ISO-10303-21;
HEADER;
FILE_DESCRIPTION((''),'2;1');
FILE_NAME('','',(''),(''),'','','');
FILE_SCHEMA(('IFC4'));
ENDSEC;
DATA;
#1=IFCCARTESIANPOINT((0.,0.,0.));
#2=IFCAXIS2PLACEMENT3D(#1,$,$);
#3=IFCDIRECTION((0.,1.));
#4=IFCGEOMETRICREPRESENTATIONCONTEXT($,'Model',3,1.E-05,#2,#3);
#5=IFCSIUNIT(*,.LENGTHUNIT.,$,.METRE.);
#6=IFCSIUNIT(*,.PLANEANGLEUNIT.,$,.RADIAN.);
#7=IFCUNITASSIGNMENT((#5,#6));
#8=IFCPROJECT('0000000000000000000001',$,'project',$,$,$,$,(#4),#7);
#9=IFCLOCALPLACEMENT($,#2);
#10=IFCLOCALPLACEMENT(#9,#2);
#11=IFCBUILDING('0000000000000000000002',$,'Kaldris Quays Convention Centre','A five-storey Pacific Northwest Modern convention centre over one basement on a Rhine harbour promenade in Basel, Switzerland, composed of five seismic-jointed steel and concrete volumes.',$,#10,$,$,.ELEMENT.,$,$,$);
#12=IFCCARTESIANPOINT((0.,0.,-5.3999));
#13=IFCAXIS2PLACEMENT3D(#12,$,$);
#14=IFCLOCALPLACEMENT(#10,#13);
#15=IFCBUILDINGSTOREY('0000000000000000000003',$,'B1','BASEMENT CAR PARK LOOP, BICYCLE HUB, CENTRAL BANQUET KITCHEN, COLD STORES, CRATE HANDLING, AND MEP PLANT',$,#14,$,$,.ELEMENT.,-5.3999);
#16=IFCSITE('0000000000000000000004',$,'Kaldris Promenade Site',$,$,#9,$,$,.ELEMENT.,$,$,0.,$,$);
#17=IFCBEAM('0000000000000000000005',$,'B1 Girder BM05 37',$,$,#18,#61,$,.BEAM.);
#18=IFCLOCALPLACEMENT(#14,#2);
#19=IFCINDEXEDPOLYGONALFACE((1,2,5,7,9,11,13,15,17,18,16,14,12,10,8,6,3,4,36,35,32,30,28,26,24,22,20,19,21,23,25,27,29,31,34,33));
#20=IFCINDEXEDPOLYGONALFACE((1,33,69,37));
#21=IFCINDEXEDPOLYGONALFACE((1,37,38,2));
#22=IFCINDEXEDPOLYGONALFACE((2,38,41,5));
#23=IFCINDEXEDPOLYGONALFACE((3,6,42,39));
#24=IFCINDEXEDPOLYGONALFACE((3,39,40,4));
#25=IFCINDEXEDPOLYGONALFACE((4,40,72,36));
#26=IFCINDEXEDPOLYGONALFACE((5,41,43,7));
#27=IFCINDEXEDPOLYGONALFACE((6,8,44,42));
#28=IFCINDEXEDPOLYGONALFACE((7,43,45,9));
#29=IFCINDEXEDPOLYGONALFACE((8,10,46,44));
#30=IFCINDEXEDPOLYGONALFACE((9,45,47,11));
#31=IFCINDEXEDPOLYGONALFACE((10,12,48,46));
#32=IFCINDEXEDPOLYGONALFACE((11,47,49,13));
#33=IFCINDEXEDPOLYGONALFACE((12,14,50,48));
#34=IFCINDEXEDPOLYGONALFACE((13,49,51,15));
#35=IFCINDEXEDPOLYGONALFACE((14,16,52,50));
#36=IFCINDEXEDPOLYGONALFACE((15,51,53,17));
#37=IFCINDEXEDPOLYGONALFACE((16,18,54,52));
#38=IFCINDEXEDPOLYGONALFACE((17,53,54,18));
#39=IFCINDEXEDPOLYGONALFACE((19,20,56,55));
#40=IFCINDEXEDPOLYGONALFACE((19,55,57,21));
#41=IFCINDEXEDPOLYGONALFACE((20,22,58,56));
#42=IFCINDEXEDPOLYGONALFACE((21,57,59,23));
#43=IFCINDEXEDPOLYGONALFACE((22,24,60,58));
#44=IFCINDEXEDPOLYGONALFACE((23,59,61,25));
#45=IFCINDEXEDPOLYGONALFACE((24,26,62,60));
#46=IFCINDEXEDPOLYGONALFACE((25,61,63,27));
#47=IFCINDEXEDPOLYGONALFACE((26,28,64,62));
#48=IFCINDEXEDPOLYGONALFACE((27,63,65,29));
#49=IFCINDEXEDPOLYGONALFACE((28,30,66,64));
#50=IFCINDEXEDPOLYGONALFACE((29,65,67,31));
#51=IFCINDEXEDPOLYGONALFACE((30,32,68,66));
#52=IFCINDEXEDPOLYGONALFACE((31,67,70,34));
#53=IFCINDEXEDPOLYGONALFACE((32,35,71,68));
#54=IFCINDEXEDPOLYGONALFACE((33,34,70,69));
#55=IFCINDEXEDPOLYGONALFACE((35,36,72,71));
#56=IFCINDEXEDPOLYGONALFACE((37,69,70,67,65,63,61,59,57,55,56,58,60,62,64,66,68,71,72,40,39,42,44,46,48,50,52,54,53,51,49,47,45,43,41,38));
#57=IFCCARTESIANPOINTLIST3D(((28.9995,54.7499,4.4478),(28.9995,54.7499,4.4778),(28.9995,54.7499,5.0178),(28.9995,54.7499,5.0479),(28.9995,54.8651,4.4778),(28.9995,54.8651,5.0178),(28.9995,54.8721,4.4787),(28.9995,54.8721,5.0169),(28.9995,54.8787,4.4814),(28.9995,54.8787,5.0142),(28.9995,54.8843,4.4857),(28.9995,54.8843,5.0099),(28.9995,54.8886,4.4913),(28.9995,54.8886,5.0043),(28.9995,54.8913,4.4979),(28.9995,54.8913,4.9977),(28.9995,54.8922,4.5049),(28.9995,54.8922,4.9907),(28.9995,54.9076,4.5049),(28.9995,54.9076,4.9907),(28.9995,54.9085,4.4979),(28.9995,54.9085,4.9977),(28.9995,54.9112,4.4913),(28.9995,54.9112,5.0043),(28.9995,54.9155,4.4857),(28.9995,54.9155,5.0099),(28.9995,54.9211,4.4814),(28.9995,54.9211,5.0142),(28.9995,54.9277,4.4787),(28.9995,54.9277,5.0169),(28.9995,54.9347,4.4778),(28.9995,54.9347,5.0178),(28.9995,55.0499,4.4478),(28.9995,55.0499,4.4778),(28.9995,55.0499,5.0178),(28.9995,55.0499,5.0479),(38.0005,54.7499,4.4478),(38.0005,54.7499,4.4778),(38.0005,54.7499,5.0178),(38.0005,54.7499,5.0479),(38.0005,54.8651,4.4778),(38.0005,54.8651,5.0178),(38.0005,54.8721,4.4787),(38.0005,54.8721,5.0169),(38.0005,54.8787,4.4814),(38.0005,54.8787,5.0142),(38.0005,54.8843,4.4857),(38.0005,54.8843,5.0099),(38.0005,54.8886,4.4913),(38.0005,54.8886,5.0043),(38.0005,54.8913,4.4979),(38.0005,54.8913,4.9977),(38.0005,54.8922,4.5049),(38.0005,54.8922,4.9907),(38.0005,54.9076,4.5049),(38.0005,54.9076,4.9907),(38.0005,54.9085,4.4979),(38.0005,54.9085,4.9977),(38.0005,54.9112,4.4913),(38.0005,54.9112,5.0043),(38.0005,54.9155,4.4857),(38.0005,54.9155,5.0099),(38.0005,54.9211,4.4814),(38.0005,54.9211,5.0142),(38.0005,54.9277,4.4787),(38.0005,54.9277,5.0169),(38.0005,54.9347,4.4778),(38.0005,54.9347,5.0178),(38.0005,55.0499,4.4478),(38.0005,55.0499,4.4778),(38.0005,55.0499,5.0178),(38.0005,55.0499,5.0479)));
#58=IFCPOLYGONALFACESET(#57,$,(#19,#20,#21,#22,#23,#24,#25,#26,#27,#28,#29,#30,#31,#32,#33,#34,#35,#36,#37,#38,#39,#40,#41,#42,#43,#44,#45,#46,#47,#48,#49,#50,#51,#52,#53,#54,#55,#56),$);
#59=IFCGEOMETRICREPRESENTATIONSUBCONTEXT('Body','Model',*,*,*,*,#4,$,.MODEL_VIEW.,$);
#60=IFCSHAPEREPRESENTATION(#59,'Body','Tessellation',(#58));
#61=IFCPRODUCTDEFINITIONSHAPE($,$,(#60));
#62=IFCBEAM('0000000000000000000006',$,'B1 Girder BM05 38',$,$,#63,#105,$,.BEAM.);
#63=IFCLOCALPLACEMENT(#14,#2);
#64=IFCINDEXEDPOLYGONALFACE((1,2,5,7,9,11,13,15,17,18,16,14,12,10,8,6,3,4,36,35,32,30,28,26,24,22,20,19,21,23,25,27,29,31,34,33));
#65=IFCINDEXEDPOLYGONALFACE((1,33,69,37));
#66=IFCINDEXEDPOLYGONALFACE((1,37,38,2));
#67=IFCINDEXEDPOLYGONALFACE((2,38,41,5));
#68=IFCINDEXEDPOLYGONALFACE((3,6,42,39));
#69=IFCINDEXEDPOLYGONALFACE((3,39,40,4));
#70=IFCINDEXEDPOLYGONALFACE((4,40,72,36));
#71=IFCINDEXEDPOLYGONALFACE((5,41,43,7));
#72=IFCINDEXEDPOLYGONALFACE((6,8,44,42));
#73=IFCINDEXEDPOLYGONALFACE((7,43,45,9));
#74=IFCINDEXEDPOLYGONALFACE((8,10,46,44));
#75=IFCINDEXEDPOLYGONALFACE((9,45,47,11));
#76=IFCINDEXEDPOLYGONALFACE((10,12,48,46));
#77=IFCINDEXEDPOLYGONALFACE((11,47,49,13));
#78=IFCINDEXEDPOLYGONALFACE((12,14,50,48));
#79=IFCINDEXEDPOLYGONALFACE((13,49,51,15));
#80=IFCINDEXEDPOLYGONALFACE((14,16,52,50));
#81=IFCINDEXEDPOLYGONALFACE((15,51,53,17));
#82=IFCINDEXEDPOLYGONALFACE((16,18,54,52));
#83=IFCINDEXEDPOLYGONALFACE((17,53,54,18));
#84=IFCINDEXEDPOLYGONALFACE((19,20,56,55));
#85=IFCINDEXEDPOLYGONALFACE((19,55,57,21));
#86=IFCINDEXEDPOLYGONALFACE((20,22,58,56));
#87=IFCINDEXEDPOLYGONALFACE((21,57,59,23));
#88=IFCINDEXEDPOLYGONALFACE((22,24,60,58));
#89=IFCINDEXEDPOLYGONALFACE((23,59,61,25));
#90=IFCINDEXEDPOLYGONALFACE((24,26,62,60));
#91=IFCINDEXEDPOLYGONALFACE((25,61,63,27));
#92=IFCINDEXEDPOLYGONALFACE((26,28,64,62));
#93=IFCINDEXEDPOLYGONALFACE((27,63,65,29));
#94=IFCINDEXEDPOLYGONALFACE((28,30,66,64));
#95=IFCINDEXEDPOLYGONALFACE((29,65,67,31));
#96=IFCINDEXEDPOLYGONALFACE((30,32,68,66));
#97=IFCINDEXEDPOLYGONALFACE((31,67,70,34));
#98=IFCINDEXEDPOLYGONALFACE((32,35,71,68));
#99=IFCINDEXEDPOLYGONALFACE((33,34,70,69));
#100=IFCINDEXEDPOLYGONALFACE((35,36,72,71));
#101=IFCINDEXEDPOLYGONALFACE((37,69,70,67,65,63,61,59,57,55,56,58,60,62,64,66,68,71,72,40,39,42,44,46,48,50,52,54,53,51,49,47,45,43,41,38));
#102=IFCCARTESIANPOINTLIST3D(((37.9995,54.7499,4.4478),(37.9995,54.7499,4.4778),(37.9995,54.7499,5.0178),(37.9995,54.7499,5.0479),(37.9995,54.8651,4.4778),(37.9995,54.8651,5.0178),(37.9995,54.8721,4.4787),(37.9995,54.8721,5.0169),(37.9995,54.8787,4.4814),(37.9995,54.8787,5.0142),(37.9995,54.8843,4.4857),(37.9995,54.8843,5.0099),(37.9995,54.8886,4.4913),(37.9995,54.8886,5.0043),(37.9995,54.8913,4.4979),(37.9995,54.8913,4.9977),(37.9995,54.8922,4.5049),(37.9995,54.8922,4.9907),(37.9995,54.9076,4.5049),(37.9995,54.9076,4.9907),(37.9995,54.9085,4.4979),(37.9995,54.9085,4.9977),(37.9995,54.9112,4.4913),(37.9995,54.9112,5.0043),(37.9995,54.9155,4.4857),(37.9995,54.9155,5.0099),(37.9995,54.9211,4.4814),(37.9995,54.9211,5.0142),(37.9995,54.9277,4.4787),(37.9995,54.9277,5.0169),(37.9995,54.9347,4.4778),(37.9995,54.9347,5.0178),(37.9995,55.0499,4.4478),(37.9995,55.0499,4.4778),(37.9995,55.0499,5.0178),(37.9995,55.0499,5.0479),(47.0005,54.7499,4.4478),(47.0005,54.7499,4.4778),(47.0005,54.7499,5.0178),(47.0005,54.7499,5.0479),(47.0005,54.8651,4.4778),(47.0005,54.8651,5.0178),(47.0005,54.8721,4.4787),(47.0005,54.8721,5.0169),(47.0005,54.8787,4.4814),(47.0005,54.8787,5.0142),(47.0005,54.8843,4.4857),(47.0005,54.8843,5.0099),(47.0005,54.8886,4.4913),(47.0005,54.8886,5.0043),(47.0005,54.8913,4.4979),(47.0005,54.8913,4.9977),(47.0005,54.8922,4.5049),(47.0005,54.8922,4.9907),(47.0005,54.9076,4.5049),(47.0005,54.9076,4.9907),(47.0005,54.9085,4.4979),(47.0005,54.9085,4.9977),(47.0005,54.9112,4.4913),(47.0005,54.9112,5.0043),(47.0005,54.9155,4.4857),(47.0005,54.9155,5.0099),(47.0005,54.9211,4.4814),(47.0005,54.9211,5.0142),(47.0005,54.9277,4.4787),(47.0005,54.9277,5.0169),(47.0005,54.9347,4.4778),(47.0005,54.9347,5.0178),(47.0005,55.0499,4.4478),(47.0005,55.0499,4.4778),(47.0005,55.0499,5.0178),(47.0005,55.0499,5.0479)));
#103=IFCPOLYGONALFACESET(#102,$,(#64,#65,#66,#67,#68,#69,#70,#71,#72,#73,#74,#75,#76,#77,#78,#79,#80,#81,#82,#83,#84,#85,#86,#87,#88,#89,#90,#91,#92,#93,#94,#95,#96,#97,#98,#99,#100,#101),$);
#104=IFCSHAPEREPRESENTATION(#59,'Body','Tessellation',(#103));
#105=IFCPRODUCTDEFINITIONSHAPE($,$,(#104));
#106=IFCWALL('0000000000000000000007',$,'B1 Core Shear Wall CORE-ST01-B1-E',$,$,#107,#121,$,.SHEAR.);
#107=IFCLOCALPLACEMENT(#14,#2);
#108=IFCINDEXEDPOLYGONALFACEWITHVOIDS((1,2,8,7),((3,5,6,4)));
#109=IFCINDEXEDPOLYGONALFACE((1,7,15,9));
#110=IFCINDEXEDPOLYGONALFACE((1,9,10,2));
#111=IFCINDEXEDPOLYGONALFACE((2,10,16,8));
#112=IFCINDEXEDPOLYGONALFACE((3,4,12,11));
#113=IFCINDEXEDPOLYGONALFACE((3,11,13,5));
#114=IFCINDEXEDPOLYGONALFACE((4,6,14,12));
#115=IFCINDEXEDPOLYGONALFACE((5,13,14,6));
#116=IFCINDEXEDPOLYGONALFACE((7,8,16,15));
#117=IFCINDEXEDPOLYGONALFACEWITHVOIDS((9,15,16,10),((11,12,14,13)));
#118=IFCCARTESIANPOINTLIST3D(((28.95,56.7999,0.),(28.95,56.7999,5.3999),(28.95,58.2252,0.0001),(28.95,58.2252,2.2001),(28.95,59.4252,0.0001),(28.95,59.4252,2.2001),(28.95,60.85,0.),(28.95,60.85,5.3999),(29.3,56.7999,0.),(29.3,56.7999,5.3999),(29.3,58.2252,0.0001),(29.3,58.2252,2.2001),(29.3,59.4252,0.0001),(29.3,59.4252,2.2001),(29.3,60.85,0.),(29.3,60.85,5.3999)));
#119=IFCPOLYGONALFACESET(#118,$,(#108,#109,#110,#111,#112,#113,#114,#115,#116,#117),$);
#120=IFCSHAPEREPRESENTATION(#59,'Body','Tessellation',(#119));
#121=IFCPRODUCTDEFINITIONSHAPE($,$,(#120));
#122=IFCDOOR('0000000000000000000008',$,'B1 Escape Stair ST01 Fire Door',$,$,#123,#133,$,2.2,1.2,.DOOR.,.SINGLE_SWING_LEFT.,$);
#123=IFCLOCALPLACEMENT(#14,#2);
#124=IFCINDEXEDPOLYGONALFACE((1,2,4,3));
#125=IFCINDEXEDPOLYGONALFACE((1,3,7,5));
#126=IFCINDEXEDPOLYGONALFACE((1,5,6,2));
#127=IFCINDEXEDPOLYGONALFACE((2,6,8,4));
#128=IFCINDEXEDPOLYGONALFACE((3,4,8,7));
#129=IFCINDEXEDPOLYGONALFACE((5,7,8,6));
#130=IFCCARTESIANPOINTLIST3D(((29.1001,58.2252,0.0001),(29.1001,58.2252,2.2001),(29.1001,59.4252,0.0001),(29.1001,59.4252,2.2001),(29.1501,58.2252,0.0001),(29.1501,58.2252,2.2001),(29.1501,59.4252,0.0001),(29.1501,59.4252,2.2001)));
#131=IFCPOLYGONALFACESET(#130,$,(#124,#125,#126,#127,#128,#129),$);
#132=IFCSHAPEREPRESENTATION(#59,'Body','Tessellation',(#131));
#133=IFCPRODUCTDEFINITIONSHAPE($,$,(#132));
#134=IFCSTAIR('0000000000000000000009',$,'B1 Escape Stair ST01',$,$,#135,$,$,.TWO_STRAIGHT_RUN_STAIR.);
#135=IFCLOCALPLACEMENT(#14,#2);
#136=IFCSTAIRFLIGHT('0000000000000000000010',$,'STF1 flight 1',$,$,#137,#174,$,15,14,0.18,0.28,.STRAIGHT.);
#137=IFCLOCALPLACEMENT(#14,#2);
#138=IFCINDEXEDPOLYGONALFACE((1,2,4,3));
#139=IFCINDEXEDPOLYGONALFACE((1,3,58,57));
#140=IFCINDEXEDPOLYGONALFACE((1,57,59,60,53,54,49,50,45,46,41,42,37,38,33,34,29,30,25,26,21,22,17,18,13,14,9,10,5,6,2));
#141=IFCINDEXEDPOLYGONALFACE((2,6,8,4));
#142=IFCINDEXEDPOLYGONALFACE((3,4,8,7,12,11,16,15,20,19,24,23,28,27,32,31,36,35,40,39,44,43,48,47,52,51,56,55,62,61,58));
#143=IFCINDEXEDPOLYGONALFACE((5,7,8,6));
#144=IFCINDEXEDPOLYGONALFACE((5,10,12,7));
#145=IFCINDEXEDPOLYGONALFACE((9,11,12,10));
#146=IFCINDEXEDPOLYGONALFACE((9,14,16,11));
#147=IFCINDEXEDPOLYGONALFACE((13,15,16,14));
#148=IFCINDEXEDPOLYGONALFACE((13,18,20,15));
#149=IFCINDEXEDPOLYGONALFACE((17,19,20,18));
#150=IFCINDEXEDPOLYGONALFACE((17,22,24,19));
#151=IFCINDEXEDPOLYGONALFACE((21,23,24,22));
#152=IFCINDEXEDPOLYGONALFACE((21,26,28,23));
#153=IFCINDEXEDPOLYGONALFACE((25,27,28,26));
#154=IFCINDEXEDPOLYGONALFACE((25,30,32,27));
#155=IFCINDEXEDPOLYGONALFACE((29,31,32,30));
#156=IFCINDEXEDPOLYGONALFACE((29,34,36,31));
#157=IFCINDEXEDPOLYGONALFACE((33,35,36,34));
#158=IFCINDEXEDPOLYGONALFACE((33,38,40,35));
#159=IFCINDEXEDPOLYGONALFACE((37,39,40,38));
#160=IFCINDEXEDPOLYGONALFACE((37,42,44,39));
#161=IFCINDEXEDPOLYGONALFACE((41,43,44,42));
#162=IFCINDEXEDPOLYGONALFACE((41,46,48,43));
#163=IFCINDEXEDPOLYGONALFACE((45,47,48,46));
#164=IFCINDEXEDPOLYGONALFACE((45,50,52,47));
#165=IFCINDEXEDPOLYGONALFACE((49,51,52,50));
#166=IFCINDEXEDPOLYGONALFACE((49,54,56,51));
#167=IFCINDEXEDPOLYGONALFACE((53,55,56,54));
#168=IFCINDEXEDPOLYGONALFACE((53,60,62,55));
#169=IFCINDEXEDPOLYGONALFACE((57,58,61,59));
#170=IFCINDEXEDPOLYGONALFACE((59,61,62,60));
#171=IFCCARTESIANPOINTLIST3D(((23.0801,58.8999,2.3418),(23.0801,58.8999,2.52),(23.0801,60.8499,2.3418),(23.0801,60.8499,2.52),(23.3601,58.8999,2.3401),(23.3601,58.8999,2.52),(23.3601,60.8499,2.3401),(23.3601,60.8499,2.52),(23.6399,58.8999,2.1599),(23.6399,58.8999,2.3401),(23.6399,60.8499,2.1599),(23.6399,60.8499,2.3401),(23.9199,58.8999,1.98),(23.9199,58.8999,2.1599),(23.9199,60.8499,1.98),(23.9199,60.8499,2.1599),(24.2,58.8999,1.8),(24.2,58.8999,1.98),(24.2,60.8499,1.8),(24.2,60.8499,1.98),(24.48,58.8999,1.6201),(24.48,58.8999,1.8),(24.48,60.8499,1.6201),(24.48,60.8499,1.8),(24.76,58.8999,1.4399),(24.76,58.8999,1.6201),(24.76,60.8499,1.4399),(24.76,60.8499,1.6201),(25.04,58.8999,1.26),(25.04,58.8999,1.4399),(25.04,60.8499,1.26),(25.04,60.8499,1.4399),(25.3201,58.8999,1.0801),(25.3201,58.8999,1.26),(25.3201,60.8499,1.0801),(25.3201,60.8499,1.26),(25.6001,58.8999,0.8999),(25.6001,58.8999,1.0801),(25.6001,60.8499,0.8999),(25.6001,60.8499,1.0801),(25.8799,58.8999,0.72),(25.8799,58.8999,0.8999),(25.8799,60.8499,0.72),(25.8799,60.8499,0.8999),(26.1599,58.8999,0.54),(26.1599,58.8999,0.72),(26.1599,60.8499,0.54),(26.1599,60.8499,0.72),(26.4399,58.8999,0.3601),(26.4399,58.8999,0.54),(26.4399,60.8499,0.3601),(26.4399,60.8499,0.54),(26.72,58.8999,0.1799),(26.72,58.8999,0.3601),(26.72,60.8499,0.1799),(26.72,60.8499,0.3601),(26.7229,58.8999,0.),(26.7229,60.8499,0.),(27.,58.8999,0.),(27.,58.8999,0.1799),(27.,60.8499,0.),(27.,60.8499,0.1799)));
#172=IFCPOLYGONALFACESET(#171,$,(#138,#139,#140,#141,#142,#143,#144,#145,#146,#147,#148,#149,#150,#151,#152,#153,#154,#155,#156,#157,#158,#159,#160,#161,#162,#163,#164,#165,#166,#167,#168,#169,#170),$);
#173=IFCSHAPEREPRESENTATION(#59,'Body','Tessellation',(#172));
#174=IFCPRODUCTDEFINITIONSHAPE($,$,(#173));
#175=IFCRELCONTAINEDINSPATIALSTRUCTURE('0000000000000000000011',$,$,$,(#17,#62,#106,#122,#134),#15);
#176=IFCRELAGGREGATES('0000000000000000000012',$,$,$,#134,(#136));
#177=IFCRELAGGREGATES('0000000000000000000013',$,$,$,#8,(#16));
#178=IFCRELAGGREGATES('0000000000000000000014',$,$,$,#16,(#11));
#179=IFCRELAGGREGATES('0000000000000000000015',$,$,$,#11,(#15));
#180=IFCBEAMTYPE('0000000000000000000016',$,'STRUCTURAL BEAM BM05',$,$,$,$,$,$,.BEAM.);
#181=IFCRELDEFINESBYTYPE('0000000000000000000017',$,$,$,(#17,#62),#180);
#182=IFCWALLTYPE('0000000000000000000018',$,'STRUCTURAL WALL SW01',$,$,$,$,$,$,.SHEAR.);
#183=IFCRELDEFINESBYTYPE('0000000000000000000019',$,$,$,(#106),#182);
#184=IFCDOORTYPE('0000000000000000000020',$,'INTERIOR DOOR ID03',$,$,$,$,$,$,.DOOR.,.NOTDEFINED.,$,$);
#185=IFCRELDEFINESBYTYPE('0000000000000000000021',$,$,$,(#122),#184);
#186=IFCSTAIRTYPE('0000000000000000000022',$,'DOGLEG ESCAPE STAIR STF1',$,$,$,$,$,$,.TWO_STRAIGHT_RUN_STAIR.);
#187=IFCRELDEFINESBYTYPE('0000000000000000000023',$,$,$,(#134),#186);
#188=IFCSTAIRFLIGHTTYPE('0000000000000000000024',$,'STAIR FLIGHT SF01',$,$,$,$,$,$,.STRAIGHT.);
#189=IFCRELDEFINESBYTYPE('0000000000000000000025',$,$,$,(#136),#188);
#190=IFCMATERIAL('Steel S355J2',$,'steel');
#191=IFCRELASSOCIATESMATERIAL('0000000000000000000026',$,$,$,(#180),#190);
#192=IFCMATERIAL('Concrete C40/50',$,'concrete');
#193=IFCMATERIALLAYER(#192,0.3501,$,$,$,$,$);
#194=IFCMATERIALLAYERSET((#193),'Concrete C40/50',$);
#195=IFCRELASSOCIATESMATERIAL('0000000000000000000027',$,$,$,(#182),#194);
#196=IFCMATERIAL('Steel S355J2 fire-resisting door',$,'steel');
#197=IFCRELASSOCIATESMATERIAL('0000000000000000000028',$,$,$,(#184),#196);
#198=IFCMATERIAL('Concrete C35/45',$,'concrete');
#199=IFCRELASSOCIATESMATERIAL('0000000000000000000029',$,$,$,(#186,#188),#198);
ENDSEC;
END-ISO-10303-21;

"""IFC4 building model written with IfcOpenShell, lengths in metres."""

from ifc_helpers import new_model, si_unit, direction, frame, frame_2d, origin, origin_2d, place, context, subcontext, project, spatial, polyline, rectangle, i_section, outline, extrude, material, layer, layer_set, material_profile, profile_set, type_object, element, fill, aggregate, save


model = new_model("IFC4")

# Units and contexts
model_context = context("Model", 3, precision=1e-05, world=origin(), true_north=direction((0.0, 1.0)))
body_context = subcontext(model_context, "Body", "Model", "MODEL_VIEW")
ifc_project = project(units=[si_unit("LENGTHUNIT", "METRE"), si_unit("PLANEANGLEUNIT", "RADIAN")], contexts=[model_context])

# Site, building, storey
site_placement = place(None, origin())
site = spatial("IfcSite", under=ifc_project, at=site_placement, Name="Kaldris Promenade Site", CompositionType="ELEMENT", RefElevation=0.0)
building_placement = place(site_placement, origin())
building = spatial("IfcBuilding", under=site, at=building_placement, Name="Kaldris Quays Convention Centre", Description="A five-storey Pacific Northwest Modern convention centre over one basement on a Rhine harbour promenade in Basel, Switzerland, composed of five seismic-jointed steel and concrete volumes.", CompositionType="ELEMENT")
storey_placement = place(building_placement, frame((0.0, 0.0, -5.3999)))
storey = spatial("IfcBuildingStorey", under=building, at=storey_placement, Name="B1", Description="BASEMENT CAR PARK LOOP, BICYCLE HUB, CENTRAL BANQUET KITCHEN, COLD STORES, CRATE HANDLING, AND MEP PLANT", CompositionType="ELEMENT", Elevation=-5.3999)

# Shared definitions
ifc_material_1 = material(Name="Concrete C35/45", Category="concrete")

# Shared definitions
ifc_material_2 = material(Name="Steel S355J2", Category="steel")

# Beams
ifc_material_profile_1 = material_profile(ifc_material_2, i_section(OverallWidth=0.3, OverallDepth=0.6001, WebThickness=0.0154, FlangeThickness=0.03, FilletRadius=0.0271, at=origin_2d()), Name="HEB 600")
ifc_profile_set_1 = profile_set([ifc_material_profile_1], Name="Steel S355J2")
beam_type_1 = type_object("IfcBeamType", Name="STRUCTURAL BEAM BM05", PredefinedType="BEAM", material=ifc_profile_set_1)
for number, where, z_axis, x_axis, name in (
    (1, (28.9995, 54.8999, 4.7478), (1.0, 0.0, 0.0), (0.0, 1.0, 0.0), "B1 Girder BM05 37"),
    (2, (37.9995, 54.8999, 4.7478), (1.0, 0.0, 0.0), (0.0, 1.0, 0.0), "B1 Girder BM05 38"),
):
    element("IfcBeam", number, at=place(storey_placement, frame(where, z_axis=z_axis, x_axis=x_axis)), inside=storey, type_object=beam_type_1, Name=name, PredefinedType="BEAM", context=body_context, shape_type="SweptSolid", body=[
        extrude(i_section(OverallWidth=0.3, OverallDepth=0.6001, WebThickness=0.0154, FlangeThickness=0.03, FilletRadius=0.0271, at=origin_2d()), origin(), (0.0, 0.0, 1.0), 9.001),
    ])

# Wall, opening, door
ifc_material_3 = material(Name="Concrete C40/50", Category="concrete")
ifc_layer = layer(ifc_material_3, 0.3501)
ifc_layer_set = layer_set([ifc_layer], Name="Concrete C40/50")
wall_type = type_object("IfcWallType", Name="STRUCTURAL WALL SW01", PredefinedType="SHEAR", material=ifc_layer_set)
wall_placement = place(storey_placement, frame((29.125, 56.8, 0.0), z_axis=(0.0, 0.0, 1.0), x_axis=(0.0, 1.0, 0.0)))
wall = element("IfcWall", 3, at=wall_placement, inside=storey, type_object=wall_type, Name="B1 Core Shear Wall CORE-ST01-B1-E", PredefinedType="SHEAR", context=body_context, shape_type="SweptSolid", body=[
    extrude(rectangle(XDim=4.05, YDim=0.3501, at=frame_2d((2.0249, 0.0))), origin(), (0.0, 0.0, 1.0), 5.3999),
])
opening_placement = place(wall_placement, frame((1.425, 0.0, 0.0)))
opening = element("IfcOpeningElement", 4, at=opening_placement, cuts=wall, PredefinedType="OPENING", context=body_context, shape_type="SweptSolid", body=[
    extrude(rectangle(XDim=1.2, YDim=2.2, at=frame_2d((0.6001, 1.1001))), frame((0.0, 0.1851, 0.0), z_axis=(0.0, -1.0, 0.0), x_axis=(1.0, 0.0, 0.0)), (0.0, 0.0, 1.0), 0.3701),
])
ifc_material_4 = material(Name="Steel S355J2 fire-resisting door", Category="steel")
door_type = type_object("IfcDoorType", Name="INTERIOR DOOR ID03", OperationType="NOTDEFINED", PredefinedType="DOOR", material=ifc_material_4)
door_placement = place(opening_placement, origin())
door = element("IfcDoor", 5, at=door_placement, inside=storey, type_object=door_type, Name="B1 Escape Stair ST01 Fire Door", OperationType="SINGLE_SWING_LEFT", OverallHeight=2.2, OverallWidth=1.2, PredefinedType="DOOR", context=body_context, shape_type="SweptSolid", body=[
    extrude(rectangle(XDim=1.2, YDim=2.2, at=frame_2d((0.6001, 1.1001))), frame((0.0, 0.0249, 0.0), z_axis=(0.0, -1.0, 0.0), x_axis=(1.0, 0.0, 0.0)), (0.0, 0.0, 1.0), 0.05),
])
fill(opening, door)

# Stair, stair flight
stair_type = type_object("IfcStairType", Name="DOGLEG ESCAPE STAIR STF1", PredefinedType="TWO_STRAIGHT_RUN_STAIR", material=ifc_material_1)
stair_placement = place(storey_placement, origin())
stair = element("IfcStair", 6, at=stair_placement, inside=storey, type_object=stair_type, Name="B1 Escape Stair ST01", PredefinedType="TWO_STRAIGHT_RUN_STAIR")
stair_flight_type = type_object("IfcStairFlightType", Name="STAIR FLIGHT SF01", PredefinedType="STRAIGHT", material=ifc_material_1)
stair_flight_placement = place(storey_placement, frame((27.0, 59.875, 0.0), z_axis=(0.0, 0.0, 1.0), x_axis=(-1.0, 0.0, 0.0)))
stair_flight = element("IfcStairFlight", 7, at=stair_flight_placement, type_object=stair_flight_type, Name="STF1 flight 1", NumberOfRisers=15, NumberOfTreads=14, PredefinedType="STRAIGHT", RiserHeight=0.18, TreadLength=0.28, context=body_context, shape_type="SweptSolid", body=[
    extrude(outline(polyline([(0.0, 0.0), (0.0, 0.1799), (0.28, 0.1799), (0.28, 0.3601), (0.5601, 0.3601), (0.5601, 0.54), (0.8401, 0.54), (0.8401, 0.72), (1.1201, 0.72), (1.1201, 0.8999), (1.3999, 0.8999), (1.3999, 1.0801), (1.6799, 1.0801), (1.6799, 1.26), (1.96, 1.26), (1.96, 1.4399), (2.24, 1.4399), (2.24, 1.6201), (2.52, 1.6201), (2.52, 1.8), (2.8, 1.8), (2.8, 1.98), (3.0801, 1.98), (3.0801, 2.1599), (3.3601, 2.1599), (3.3601, 2.3401), (3.6399, 2.3401), (3.6399, 2.52), (3.9199, 2.52), (3.9199, 2.7), (3.9199, 2.3418), (0.2771, 0.0), (0.0, 0.0)])), frame((0.0, 0.9751, 0.0), z_axis=(0.0, -1.0, 0.0), x_axis=(1.0, 0.0, 0.0)), (0.0, 0.0, 1.0), 1.95),
])
aggregate(stair, [stair_flight])

save(model, "model.ifc")
